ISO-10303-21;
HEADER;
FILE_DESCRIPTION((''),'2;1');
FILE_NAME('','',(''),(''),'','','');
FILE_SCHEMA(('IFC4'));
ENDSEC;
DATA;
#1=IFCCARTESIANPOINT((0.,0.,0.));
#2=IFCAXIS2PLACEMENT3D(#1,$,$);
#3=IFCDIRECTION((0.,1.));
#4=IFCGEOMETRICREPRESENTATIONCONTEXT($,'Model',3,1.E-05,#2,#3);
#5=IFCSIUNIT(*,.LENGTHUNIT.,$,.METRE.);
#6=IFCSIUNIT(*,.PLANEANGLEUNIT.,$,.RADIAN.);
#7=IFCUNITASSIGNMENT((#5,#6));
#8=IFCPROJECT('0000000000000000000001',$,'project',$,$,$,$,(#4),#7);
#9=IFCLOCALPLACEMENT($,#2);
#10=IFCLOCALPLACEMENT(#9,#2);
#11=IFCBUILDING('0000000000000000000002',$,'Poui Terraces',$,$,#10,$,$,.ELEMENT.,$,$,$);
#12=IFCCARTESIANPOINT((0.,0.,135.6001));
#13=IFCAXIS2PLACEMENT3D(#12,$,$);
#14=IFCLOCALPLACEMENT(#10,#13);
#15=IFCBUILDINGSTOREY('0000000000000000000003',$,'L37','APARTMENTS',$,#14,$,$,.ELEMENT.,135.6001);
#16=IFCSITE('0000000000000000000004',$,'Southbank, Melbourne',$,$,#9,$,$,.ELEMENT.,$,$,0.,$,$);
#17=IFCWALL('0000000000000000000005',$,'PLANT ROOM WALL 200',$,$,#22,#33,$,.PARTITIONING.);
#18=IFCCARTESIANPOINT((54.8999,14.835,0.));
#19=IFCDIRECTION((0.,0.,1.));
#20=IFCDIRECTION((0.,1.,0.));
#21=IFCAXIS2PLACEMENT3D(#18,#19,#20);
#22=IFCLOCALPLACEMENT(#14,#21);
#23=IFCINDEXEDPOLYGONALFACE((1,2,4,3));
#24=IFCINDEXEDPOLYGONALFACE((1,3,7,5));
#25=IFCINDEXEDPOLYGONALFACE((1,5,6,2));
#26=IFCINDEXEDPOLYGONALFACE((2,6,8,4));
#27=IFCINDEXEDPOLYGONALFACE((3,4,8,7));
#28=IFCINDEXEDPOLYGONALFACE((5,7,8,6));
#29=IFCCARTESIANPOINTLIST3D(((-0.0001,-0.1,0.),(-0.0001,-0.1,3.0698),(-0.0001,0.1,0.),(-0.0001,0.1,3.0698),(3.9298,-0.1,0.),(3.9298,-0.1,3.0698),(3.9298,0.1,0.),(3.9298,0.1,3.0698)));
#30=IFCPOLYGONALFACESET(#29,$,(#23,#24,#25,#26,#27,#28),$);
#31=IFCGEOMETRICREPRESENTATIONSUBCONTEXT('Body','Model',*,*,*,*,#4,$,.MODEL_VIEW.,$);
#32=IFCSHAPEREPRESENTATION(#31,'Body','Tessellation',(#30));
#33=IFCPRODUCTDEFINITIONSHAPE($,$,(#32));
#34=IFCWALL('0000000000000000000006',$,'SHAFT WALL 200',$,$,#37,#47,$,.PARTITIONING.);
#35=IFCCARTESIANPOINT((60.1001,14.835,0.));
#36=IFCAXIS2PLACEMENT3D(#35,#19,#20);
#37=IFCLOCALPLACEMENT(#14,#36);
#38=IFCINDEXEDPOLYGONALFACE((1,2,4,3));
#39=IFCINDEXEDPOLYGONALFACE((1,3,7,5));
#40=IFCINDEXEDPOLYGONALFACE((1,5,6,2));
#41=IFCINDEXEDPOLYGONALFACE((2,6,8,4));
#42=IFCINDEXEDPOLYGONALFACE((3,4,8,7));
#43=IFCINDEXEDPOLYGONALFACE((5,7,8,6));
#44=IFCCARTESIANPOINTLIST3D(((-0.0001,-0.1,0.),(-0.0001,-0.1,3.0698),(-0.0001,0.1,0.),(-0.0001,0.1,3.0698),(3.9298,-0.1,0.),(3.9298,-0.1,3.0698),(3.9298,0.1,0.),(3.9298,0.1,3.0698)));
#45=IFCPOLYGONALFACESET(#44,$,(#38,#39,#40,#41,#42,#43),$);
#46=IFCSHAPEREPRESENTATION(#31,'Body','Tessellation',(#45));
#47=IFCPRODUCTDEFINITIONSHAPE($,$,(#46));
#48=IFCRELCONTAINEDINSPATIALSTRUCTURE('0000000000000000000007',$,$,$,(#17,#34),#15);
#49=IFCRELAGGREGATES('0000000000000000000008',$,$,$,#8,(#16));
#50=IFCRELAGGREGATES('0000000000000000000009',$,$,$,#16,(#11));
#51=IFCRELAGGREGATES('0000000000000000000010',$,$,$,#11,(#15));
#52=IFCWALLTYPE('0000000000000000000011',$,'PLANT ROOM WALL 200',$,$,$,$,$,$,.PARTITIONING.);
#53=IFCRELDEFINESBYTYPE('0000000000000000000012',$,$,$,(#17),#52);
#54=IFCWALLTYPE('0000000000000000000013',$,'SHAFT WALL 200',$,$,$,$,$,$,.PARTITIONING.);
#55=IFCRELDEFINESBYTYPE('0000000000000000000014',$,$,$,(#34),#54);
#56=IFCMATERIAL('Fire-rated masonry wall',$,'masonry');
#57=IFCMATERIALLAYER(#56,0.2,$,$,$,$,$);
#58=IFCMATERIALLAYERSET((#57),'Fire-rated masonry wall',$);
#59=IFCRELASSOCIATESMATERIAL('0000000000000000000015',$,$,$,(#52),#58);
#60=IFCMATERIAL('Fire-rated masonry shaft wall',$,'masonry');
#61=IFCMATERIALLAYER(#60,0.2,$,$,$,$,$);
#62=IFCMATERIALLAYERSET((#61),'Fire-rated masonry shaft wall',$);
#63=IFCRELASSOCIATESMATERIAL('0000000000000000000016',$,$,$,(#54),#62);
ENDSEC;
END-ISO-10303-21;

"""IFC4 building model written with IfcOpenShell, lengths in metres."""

from ifc_helpers import new_model, si_unit, direction, frame, frame_2d, origin, place, context, subcontext, project, spatial, rectangle, extrude, material, layer, layer_set, type_object, element, save


model = new_model("IFC4")

# Units and contexts
model_context = context("Model", 3, precision=1e-05, world=origin(), true_north=direction((0.0, 1.0)))
body_context = subcontext(model_context, "Body", "Model", "MODEL_VIEW")
ifc_project = project(units=[si_unit("LENGTHUNIT", "METRE"), si_unit("PLANEANGLEUNIT", "RADIAN")], contexts=[model_context])

# Site, building, storey
site_placement = place(None, origin())
site = spatial("IfcSite", under=ifc_project, at=site_placement, Name="Southbank, Melbourne", CompositionType="ELEMENT", RefElevation=0.0)
building_placement = place(site_placement, origin())
building = spatial("IfcBuilding", under=site, at=building_placement, Name="Poui Terraces", CompositionType="ELEMENT")
storey_placement = place(building_placement, frame((0.0, 0.0, 135.6001)))
storey = spatial("IfcBuildingStorey", under=building, at=storey_placement, Name="L37", Description="APARTMENTS", CompositionType="ELEMENT", Elevation=135.6001)

# Walls
ifc_material_1 = material(Name="Fire-rated masonry wall", Category="masonry")
ifc_layer_1 = layer(ifc_material_1, 0.2)
ifc_layer_set_1 = layer_set([ifc_layer_1], Name="Fire-rated masonry wall")
wall_type_1 = type_object("IfcWallType", Name="PLANT ROOM WALL 200", PredefinedType="PARTITIONING", material=ifc_layer_set_1)
wall_1_placement = place(storey_placement, frame((54.8999, 14.835, 0.0), z_axis=(0.0, 0.0, 1.0), x_axis=(0.0, 1.0, 0.0)))
element("IfcWall", 1, at=wall_1_placement, inside=storey, type_object=wall_type_1, Name="PLANT ROOM WALL 200", PredefinedType="PARTITIONING", context=body_context, shape_type="SweptSolid", body=[
    extrude(rectangle(XDim=3.9299, YDim=0.2, at=frame_2d((1.9648, 0.0))), origin(), (0.0, 0.0, 1.0), 3.0698),
])
ifc_material_2 = material(Name="Fire-rated masonry shaft wall", Category="masonry")
ifc_layer_2 = layer(ifc_material_2, 0.2)
ifc_layer_set_2 = layer_set([ifc_layer_2], Name="Fire-rated masonry shaft wall")
wall_type_2 = type_object("IfcWallType", Name="SHAFT WALL 200", PredefinedType="PARTITIONING", material=ifc_layer_set_2)
wall_2_placement = place(storey_placement, frame((60.1001, 14.835, 0.0), z_axis=(0.0, 0.0, 1.0), x_axis=(0.0, 1.0, 0.0)))
element("IfcWall", 2, at=wall_2_placement, inside=storey, type_object=wall_type_2, Name="SHAFT WALL 200", PredefinedType="PARTITIONING", context=body_context, shape_type="SweptSolid", body=[
    extrude(rectangle(XDim=3.9299, YDim=0.2, at=frame_2d((1.9648, 0.0))), origin(), (0.0, 0.0, 1.0), 3.0698),
])

save(model, "model.ifc")
